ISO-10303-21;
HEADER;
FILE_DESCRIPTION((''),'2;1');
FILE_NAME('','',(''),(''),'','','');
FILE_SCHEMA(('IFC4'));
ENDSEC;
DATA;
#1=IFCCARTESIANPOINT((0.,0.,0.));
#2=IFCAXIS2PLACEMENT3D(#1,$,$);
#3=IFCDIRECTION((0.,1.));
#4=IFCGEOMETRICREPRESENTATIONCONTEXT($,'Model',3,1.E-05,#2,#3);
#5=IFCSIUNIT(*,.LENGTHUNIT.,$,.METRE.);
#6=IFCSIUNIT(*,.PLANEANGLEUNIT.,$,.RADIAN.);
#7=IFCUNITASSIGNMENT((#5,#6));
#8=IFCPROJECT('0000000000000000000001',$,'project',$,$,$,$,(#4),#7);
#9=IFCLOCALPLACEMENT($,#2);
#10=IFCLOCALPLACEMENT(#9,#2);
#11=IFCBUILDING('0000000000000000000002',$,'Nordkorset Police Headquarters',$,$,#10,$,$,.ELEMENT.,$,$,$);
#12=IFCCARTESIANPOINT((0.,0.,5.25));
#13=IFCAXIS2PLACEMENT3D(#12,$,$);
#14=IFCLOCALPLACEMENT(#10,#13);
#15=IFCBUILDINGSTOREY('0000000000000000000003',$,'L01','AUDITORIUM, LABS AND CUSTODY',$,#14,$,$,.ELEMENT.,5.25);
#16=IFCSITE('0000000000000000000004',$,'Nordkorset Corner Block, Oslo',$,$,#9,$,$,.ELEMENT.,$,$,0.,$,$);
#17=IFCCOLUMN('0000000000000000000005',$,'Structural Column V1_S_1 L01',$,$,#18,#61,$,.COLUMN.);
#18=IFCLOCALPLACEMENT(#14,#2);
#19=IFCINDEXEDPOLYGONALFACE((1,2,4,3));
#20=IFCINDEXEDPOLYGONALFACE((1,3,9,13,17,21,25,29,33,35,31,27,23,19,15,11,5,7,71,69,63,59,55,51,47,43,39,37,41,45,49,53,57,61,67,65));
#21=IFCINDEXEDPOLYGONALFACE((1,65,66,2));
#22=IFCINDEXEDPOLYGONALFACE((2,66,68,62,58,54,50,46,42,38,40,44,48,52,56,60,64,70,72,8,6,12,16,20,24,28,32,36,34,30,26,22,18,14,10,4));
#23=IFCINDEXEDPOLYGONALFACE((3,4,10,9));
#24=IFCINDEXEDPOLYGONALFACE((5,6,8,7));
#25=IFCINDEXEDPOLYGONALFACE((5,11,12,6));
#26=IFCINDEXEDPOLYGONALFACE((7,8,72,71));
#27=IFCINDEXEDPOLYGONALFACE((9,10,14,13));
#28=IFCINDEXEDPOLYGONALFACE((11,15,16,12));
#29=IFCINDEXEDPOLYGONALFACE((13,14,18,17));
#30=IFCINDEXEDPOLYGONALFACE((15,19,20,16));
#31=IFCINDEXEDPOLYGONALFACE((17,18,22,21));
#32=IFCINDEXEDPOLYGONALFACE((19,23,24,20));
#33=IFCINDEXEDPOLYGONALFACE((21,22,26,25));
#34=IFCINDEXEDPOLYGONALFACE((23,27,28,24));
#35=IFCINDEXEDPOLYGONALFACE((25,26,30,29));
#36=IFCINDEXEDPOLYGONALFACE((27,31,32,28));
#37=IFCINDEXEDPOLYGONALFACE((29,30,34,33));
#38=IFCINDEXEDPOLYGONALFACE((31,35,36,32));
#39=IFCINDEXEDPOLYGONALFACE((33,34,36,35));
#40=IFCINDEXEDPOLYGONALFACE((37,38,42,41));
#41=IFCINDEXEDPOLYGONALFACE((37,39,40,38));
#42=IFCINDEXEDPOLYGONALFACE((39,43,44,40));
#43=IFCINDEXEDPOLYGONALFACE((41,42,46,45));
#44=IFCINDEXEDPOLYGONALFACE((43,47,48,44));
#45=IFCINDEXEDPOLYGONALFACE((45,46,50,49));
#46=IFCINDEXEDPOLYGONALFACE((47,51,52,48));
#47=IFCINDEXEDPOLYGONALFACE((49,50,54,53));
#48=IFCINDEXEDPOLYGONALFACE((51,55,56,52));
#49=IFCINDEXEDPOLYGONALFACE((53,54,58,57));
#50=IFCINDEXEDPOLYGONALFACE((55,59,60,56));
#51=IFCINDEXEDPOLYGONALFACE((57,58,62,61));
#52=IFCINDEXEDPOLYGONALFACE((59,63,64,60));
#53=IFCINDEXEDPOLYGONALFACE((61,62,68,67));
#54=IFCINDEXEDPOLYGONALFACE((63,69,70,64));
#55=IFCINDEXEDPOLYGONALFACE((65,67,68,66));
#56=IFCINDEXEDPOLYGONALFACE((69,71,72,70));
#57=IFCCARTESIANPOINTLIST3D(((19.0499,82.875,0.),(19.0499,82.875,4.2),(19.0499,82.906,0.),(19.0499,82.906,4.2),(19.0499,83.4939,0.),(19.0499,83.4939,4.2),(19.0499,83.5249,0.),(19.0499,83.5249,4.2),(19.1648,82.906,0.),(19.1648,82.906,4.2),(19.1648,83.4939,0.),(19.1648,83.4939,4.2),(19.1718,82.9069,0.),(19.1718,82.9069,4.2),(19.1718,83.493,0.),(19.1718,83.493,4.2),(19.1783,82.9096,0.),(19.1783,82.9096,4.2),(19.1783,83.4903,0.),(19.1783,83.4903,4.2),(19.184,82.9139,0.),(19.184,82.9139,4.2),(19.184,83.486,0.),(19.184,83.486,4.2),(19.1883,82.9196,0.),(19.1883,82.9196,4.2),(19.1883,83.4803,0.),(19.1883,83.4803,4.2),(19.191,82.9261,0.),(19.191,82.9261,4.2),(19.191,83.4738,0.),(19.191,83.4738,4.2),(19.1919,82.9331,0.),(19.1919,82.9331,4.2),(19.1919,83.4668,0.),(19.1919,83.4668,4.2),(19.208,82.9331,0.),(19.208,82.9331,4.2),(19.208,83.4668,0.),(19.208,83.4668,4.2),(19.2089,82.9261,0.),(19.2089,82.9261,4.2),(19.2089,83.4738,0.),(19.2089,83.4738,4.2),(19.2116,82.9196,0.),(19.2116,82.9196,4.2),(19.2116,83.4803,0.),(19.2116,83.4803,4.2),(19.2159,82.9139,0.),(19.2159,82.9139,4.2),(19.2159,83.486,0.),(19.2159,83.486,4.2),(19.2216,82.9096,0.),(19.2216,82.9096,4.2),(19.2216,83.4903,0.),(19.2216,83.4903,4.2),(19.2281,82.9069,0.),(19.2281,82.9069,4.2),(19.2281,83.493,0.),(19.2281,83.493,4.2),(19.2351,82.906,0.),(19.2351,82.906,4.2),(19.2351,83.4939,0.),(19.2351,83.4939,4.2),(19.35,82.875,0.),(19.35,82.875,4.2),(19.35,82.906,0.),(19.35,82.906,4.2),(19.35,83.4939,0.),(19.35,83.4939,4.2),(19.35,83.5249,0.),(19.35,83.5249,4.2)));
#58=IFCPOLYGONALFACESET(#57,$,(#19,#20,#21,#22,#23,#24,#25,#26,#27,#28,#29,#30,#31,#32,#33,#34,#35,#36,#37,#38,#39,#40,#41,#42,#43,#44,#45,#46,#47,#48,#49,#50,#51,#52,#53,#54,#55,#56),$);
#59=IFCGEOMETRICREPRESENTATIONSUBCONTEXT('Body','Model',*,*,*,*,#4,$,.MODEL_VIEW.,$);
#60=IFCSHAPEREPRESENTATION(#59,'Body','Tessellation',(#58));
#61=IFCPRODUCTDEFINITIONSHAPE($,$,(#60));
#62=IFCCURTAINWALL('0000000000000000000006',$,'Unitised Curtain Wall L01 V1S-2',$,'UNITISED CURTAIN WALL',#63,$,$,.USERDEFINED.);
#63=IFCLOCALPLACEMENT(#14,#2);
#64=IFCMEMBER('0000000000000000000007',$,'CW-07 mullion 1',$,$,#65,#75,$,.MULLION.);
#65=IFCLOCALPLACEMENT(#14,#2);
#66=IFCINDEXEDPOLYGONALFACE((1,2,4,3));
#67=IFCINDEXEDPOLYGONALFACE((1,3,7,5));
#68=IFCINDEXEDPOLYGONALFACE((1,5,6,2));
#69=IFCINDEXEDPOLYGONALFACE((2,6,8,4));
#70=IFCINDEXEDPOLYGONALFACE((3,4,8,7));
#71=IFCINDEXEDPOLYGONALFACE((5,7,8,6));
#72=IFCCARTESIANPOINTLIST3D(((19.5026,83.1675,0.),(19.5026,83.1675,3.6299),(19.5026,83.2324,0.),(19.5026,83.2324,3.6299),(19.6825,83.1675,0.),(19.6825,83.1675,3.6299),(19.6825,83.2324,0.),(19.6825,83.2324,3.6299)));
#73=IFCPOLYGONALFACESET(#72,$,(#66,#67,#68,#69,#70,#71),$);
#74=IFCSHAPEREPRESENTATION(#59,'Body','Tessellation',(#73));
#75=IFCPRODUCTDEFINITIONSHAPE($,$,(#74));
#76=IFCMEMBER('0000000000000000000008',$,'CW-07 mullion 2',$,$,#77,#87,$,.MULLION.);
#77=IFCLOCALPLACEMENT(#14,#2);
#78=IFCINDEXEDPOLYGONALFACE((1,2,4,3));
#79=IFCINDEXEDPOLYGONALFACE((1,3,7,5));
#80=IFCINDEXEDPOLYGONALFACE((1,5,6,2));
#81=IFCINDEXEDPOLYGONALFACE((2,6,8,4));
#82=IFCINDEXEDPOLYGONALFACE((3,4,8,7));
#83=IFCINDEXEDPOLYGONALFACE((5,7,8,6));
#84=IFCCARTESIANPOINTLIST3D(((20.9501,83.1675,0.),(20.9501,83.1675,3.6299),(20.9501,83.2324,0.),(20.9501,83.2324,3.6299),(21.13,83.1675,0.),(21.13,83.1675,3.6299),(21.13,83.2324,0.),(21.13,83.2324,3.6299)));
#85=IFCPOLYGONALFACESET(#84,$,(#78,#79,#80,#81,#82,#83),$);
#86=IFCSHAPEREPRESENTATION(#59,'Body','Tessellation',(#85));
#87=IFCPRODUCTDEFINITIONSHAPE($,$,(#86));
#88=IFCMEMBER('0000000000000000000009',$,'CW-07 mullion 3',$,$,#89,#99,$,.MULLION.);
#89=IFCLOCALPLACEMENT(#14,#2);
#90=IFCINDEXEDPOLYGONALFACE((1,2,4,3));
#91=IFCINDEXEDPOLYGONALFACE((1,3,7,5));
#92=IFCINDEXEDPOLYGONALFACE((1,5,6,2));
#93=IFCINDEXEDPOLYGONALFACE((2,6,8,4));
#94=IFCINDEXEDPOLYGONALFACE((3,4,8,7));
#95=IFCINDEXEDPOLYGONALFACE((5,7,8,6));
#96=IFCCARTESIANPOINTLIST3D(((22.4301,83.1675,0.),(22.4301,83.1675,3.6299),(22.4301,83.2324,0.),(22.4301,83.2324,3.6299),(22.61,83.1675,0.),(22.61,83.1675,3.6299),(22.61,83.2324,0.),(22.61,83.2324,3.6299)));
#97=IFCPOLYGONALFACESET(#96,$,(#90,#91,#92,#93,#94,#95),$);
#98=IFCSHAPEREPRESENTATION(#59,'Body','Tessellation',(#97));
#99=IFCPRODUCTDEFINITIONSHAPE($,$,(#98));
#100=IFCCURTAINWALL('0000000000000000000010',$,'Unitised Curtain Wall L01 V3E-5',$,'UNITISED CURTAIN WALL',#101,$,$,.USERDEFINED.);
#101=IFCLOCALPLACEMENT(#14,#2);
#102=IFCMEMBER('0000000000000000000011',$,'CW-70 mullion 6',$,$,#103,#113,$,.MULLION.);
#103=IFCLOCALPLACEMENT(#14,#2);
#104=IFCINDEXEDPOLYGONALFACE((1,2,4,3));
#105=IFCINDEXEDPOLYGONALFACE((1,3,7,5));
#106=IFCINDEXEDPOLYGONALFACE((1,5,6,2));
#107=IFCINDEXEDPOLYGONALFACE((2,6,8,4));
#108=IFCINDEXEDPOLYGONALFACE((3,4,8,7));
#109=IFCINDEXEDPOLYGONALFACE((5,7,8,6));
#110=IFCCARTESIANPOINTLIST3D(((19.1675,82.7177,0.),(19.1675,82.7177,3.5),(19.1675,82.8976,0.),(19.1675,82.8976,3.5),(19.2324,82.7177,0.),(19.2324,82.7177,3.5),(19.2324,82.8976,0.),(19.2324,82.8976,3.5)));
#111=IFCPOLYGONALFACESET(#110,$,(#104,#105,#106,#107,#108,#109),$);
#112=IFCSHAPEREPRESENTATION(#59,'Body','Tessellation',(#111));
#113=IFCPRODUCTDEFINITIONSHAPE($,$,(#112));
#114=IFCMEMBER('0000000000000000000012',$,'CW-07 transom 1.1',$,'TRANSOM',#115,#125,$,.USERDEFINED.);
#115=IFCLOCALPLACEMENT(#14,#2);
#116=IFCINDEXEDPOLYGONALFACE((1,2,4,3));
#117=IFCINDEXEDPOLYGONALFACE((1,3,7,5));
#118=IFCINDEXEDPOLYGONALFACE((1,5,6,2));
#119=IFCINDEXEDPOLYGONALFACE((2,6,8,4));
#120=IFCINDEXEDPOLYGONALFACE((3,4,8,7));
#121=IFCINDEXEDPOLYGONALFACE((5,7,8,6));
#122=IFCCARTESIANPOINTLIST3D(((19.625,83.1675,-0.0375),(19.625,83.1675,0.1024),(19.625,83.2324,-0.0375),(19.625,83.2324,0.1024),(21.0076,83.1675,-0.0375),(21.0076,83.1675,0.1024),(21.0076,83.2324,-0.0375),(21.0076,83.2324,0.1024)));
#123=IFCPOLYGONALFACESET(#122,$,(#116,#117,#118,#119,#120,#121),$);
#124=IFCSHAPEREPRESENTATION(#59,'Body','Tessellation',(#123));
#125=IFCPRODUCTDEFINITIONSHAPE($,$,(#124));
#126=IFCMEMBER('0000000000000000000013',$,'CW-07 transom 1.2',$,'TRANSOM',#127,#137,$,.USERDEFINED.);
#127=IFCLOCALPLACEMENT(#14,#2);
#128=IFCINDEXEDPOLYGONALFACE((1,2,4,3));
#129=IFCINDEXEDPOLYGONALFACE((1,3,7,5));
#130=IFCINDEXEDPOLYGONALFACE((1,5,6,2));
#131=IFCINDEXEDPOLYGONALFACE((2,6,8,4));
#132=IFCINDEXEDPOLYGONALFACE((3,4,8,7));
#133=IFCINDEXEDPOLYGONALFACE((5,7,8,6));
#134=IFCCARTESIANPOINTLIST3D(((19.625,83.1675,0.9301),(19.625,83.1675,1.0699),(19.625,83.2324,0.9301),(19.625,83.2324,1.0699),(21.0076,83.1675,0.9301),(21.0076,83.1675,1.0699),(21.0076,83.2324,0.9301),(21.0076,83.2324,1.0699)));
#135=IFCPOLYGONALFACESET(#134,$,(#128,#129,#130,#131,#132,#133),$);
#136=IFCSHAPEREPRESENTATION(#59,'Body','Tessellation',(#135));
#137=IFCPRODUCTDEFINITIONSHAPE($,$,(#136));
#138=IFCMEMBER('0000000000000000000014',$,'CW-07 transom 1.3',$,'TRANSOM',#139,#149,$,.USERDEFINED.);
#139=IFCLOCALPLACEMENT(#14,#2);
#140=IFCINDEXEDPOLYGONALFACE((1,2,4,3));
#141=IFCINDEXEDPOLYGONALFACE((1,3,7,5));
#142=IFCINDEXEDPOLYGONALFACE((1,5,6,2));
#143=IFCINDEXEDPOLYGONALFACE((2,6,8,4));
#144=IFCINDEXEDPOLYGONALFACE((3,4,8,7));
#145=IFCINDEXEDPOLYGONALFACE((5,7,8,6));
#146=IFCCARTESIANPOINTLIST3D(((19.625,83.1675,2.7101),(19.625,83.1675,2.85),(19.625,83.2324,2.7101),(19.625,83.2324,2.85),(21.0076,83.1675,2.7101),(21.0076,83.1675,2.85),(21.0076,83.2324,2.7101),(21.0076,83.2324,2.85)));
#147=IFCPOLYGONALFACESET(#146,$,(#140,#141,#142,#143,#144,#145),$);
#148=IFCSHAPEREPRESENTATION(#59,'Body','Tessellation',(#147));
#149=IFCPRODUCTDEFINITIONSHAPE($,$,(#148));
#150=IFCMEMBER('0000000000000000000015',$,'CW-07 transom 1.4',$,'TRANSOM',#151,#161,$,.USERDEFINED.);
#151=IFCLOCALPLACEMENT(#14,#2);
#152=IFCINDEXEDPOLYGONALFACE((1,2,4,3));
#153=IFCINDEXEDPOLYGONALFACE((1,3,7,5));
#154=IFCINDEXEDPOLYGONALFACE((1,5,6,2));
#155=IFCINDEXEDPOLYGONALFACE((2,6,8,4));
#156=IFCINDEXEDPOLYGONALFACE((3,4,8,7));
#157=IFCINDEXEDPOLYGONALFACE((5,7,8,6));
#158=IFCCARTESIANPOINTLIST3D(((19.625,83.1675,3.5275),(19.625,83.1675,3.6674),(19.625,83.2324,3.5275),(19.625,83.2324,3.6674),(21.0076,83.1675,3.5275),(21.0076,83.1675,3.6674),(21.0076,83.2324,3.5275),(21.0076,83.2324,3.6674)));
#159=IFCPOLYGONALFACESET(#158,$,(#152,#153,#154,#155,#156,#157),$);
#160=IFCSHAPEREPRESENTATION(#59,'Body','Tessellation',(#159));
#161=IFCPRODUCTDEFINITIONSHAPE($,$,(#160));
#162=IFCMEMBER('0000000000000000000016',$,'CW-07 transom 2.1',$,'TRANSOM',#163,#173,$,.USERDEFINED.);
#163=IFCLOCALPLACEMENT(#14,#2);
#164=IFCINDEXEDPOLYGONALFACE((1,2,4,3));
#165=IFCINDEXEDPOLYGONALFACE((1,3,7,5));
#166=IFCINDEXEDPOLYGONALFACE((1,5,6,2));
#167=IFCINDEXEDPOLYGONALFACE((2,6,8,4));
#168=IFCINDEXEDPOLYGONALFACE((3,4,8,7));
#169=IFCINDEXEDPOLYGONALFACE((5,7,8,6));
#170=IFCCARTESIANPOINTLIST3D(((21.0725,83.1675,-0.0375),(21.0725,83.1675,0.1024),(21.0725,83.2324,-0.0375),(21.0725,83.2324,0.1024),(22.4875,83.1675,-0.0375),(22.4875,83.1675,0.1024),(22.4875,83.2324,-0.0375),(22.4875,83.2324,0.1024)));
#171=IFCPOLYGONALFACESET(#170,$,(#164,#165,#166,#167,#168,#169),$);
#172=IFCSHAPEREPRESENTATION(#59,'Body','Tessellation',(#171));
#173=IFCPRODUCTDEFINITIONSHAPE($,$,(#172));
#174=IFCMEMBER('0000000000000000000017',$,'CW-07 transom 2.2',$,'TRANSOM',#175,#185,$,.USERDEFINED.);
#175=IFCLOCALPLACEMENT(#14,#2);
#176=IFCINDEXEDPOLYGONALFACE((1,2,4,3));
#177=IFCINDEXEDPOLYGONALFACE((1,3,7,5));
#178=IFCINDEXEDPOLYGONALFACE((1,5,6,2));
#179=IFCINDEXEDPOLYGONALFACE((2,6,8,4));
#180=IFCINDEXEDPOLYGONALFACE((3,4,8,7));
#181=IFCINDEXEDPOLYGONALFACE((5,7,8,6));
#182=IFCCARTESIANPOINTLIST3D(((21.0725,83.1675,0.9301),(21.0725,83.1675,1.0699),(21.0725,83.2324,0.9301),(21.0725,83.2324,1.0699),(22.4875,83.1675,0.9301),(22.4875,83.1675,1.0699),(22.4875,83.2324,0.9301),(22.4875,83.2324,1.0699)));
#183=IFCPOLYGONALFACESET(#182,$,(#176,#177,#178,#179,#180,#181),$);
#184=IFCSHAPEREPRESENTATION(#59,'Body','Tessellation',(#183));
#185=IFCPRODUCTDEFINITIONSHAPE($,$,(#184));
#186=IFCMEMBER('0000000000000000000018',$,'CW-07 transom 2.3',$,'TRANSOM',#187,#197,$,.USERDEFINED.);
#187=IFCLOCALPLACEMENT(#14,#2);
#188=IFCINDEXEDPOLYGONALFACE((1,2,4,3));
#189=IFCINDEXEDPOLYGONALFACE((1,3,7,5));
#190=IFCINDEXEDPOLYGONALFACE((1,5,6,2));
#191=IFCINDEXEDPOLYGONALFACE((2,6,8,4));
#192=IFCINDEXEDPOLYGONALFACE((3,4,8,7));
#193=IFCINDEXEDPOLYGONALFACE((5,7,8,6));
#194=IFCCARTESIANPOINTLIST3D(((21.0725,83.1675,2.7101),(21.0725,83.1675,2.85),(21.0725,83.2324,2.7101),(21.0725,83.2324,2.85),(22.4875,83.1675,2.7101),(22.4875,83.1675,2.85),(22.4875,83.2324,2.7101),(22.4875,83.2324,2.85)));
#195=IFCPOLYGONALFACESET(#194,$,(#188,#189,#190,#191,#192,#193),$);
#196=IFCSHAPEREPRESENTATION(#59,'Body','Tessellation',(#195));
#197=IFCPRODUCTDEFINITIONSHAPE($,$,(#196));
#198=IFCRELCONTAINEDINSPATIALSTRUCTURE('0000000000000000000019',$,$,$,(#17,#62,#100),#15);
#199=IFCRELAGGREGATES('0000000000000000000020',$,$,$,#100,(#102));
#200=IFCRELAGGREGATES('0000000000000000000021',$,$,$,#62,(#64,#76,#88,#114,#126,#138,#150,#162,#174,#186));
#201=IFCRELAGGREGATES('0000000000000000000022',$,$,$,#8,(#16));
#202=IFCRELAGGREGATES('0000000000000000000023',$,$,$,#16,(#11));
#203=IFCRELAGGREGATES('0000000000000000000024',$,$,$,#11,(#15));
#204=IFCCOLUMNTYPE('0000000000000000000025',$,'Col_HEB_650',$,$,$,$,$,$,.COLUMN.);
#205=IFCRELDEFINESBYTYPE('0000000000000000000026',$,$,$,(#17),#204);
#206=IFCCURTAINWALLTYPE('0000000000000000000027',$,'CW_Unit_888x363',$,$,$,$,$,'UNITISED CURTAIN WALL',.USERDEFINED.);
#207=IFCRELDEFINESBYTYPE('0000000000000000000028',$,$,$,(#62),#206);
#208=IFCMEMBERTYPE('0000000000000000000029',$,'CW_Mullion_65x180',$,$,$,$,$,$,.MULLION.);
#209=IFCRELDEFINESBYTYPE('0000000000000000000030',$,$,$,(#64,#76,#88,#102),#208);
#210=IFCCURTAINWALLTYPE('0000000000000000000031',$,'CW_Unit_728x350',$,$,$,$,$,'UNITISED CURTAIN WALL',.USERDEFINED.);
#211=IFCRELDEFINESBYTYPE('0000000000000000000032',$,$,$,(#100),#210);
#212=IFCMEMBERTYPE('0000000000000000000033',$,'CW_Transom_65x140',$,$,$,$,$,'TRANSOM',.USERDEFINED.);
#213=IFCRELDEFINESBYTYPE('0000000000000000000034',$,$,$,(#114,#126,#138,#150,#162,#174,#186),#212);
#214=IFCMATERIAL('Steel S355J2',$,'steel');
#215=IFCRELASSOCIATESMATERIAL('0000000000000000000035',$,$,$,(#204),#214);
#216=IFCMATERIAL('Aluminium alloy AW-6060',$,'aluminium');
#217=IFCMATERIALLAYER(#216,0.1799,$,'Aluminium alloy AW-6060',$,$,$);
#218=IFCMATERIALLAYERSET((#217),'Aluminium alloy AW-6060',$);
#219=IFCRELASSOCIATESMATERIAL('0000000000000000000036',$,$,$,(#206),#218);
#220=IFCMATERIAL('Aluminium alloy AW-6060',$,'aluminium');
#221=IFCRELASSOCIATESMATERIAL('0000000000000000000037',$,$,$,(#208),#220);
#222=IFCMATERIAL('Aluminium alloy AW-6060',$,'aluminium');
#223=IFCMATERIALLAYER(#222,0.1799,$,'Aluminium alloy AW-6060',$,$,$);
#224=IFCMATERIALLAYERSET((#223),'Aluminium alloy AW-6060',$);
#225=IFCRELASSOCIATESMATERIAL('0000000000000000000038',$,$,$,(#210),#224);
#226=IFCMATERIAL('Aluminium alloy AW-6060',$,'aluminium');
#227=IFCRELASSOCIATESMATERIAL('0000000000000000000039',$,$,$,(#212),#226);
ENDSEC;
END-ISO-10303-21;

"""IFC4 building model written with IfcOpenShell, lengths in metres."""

from ifc_helpers import new_model, si_unit, direction, frame, origin, origin_2d, place, context, subcontext, project, spatial, rectangle, i_section, extrude, material, layer, layer_set, material_profile, profile_set, type_object, element, aggregate, save


model = new_model("IFC4")

# Units and contexts
model_context = context("Model", 3, precision=1e-05, world=origin(), true_north=direction((0.0, 1.0)))
body_context = subcontext(model_context, "Body", "Model", "MODEL_VIEW")
ifc_project = project(units=[si_unit("LENGTHUNIT", "METRE"), si_unit("PLANEANGLEUNIT", "RADIAN")], contexts=[model_context])

# Site, building, storey
site_placement = place(None, origin())
site = spatial("IfcSite", under=ifc_project, at=site_placement, Name="Nordkorset Corner Block, Oslo", CompositionType="ELEMENT", RefElevation=0.0)
building_placement = place(site_placement, origin())
building = spatial("IfcBuilding", under=site, at=building_placement, Name="Nordkorset Police Headquarters", CompositionType="ELEMENT")
storey_placement = place(building_placement, frame((0.0, 0.0, 5.25)))
storey = spatial("IfcBuildingStorey", under=building, at=storey_placement, Name="L01", Description="AUDITORIUM, LABS AND CUSTODY", CompositionType="ELEMENT", Elevation=5.25)

# Column
ifc_material_1 = material(Name="Steel S355J2", Category="steel")
ifc_material_profile_1 = material_profile(ifc_material_1, i_section(OverallWidth=0.3, OverallDepth=0.6499, WebThickness=0.0161, FlangeThickness=0.031, FilletRadius=0.0271, at=origin_2d()), Name="HEB 650")
ifc_profile_set_1 = profile_set([ifc_material_profile_1], Name="Steel S355J2")
column_type = type_object("IfcColumnType", Name="Col_HEB_650", PredefinedType="COLUMN", material=ifc_profile_set_1)
column_placement = place(storey_placement, frame((19.2, 83.2, 0.0), z_axis=(0.0, 0.0, 1.0), x_axis=(1.0, 0.0, 0.0)))
element("IfcColumn", 1, at=column_placement, inside=storey, type_object=column_type, Name="Structural Column V1_S_1 L01", PredefinedType="COLUMN", context=body_context, shape_type="SweptSolid", body=[
    extrude(i_section(OverallWidth=0.3, OverallDepth=0.6499, WebThickness=0.0161, FlangeThickness=0.031, FilletRadius=0.0271, at=origin_2d()), origin(), (0.0, 0.0, 1.0), 4.2),
])

# Curtain wall, members
ifc_material_2 = material(Name="Aluminium alloy AW-6060", Category="aluminium")
ifc_layer_1 = layer(ifc_material_2, 0.1799, Name="Aluminium alloy AW-6060")
ifc_layer_set_1 = layer_set([ifc_layer_1], Name="Aluminium alloy AW-6060")
curtain_wall_type_1 = type_object("IfcCurtainWallType", Name="CW_Unit_888x363", ElementType="UNITISED CURTAIN WALL", PredefinedType="USERDEFINED", material=ifc_layer_set_1)
curtain_wall_1_placement = place(storey_placement, origin())
curtain_wall_1 = element("IfcCurtainWall", 2, at=curtain_wall_1_placement, inside=storey, type_object=curtain_wall_type_1, Name="Unitised Curtain Wall L01 V1S-2", ObjectType="UNITISED CURTAIN WALL", PredefinedType="USERDEFINED")
ifc_material_3 = material(Name="Aluminium alloy AW-6060", Category="aluminium")
ifc_material_profile_2 = material_profile(ifc_material_3, rectangle(XDim=0.0649, YDim=0.1799, at=origin_2d()), Name="ALU MULL 65x180")
ifc_profile_set_2 = profile_set([ifc_material_profile_2], Name="Aluminium alloy AW-6060")
member_type_1 = type_object("IfcMemberType", Name="CW_Mullion_65x180", PredefinedType="MULLION", material=ifc_profile_set_2)
member_1_placement = place(storey_placement, frame((19.5925, 83.2, 0.0), z_axis=(0.0, 0.0, 1.0), x_axis=(0.0, 1.0, 0.0)))
member_1 = element("IfcMember", 3, at=member_1_placement, type_object=member_type_1, Name="CW-07 mullion 1", PredefinedType="MULLION", context=body_context, shape_type="SweptSolid", body=[
    extrude(rectangle(XDim=0.0649, YDim=0.1799, at=origin_2d()), origin(), (0.0, 0.0, 1.0), 3.6299),
])
member_2_placement = place(storey_placement, frame((21.04, 83.2, 0.0), z_axis=(0.0, 0.0, 1.0), x_axis=(0.0, 1.0, 0.0)))
member_2 = element("IfcMember", 4, at=member_2_placement, type_object=member_type_1, Name="CW-07 mullion 2", PredefinedType="MULLION", context=body_context, shape_type="SweptSolid", body=[
    extrude(rectangle(XDim=0.0649, YDim=0.1799, at=origin_2d()), origin(), (0.0, 0.0, 1.0), 3.6299),
])
member_3_placement = place(storey_placement, frame((22.52, 83.2, 0.0), z_axis=(0.0, 0.0, 1.0), x_axis=(0.0, 1.0, 0.0)))
member_3 = element("IfcMember", 5, at=member_3_placement, type_object=member_type_1, Name="CW-07 mullion 3", PredefinedType="MULLION", context=body_context, shape_type="SweptSolid", body=[
    extrude(rectangle(XDim=0.0649, YDim=0.1799, at=origin_2d()), origin(), (0.0, 0.0, 1.0), 3.6299),
])

# Curtain wall, member
ifc_material_4 = material(Name="Aluminium alloy AW-6060", Category="aluminium")
ifc_layer_2 = layer(ifc_material_4, 0.1799, Name="Aluminium alloy AW-6060")
ifc_layer_set_2 = layer_set([ifc_layer_2], Name="Aluminium alloy AW-6060")
curtain_wall_type_2 = type_object("IfcCurtainWallType", Name="CW_Unit_728x350", ElementType="UNITISED CURTAIN WALL", PredefinedType="USERDEFINED", material=ifc_layer_set_2)
curtain_wall_2_placement = place(storey_placement, origin())
curtain_wall_2 = element("IfcCurtainWall", 6, at=curtain_wall_2_placement, inside=storey, type_object=curtain_wall_type_2, Name="Unitised Curtain Wall L01 V3E-5", ObjectType="UNITISED CURTAIN WALL", PredefinedType="USERDEFINED")
member_4_placement = place(storey_placement, frame((19.2, 82.8076, 0.0), z_axis=(0.0, 0.0, 1.0), x_axis=(-1.0, 0.0, 0.0)))
member_4 = element("IfcMember", 7, at=member_4_placement, type_object=member_type_1, Name="CW-70 mullion 6", PredefinedType="MULLION", context=body_context, shape_type="SweptSolid", body=[
    extrude(rectangle(XDim=0.0649, YDim=0.1799, at=origin_2d()), origin(), (0.0, 0.0, 1.0), 3.5),
])
aggregate(curtain_wall_2, [member_4])

# Members
ifc_material_5 = material(Name="Aluminium alloy AW-6060", Category="aluminium")
ifc_material_profile_3 = material_profile(ifc_material_5, rectangle(XDim=0.0649, YDim=0.1399, at=origin_2d()), Name="ALU TRAN 65x140")
ifc_profile_set_3 = profile_set([ifc_material_profile_3], Name="Aluminium alloy AW-6060")
member_type_2 = type_object("IfcMemberType", Name="CW_Transom_65x140", ElementType="TRANSOM", PredefinedType="USERDEFINED", material=ifc_profile_set_3)
member_5_placement = place(storey_placement, frame((19.625, 83.2, 0.0325), z_axis=(1.0, 0.0, 0.0), x_axis=(0.0, 1.0, 0.0)))
member_5 = element("IfcMember", 8, at=member_5_placement, type_object=member_type_2, Name="CW-07 transom 1.1", ObjectType="TRANSOM", PredefinedType="USERDEFINED", context=body_context, shape_type="SweptSolid", body=[
    extrude(rectangle(XDim=0.0649, YDim=0.1399, at=origin_2d()), origin(), (0.0, 0.0, 1.0), 1.3826),
])
member_6_placement = place(storey_placement, frame((19.625, 83.2, 1.0), z_axis=(1.0, 0.0, 0.0), x_axis=(0.0, 1.0, 0.0)))
member_6 = element("IfcMember", 9, at=member_6_placement, type_object=member_type_2, Name="CW-07 transom 1.2", ObjectType="TRANSOM", PredefinedType="USERDEFINED", context=body_context, shape_type="SweptSolid", body=[
    extrude(rectangle(XDim=0.0649, YDim=0.1399, at=origin_2d()), origin(), (0.0, 0.0, 1.0), 1.3826),
])
member_7_placement = place(storey_placement, frame((19.625, 83.2, 2.78), z_axis=(1.0, 0.0, 0.0), x_axis=(0.0, 1.0, 0.0)))
member_7 = element("IfcMember", 10, at=member_7_placement, type_object=member_type_2, Name="CW-07 transom 1.3", ObjectType="TRANSOM", PredefinedType="USERDEFINED", context=body_context, shape_type="SweptSolid", body=[
    extrude(rectangle(XDim=0.0649, YDim=0.1399, at=origin_2d()), origin(), (0.0, 0.0, 1.0), 1.3826),
])
member_8_placement = place(storey_placement, frame((19.625, 83.2, 3.5974), z_axis=(1.0, 0.0, 0.0), x_axis=(0.0, 1.0, 0.0)))
member_8 = element("IfcMember", 11, at=member_8_placement, type_object=member_type_2, Name="CW-07 transom 1.4", ObjectType="TRANSOM", PredefinedType="USERDEFINED", context=body_context, shape_type="SweptSolid", body=[
    extrude(rectangle(XDim=0.0649, YDim=0.1399, at=origin_2d()), origin(), (0.0, 0.0, 1.0), 1.3826),
])
member_9_placement = place(storey_placement, frame((21.0725, 83.2, 0.0325), z_axis=(1.0, 0.0, 0.0), x_axis=(0.0, 1.0, 0.0)))
member_9 = element("IfcMember", 12, at=member_9_placement, type_object=member_type_2, Name="CW-07 transom 2.1", ObjectType="TRANSOM", PredefinedType="USERDEFINED", context=body_context, shape_type="SweptSolid", body=[
    extrude(rectangle(XDim=0.0649, YDim=0.1399, at=origin_2d()), origin(), (0.0, 0.0, 1.0), 1.415),
])
member_10_placement = place(storey_placement, frame((21.0725, 83.2, 1.0), z_axis=(1.0, 0.0, 0.0), x_axis=(0.0, 1.0, 0.0)))
member_10 = element("IfcMember", 13, at=member_10_placement, type_object=member_type_2, Name="CW-07 transom 2.2", ObjectType="TRANSOM", PredefinedType="USERDEFINED", context=body_context, shape_type="SweptSolid", body=[
    extrude(rectangle(XDim=0.0649, YDim=0.1399, at=origin_2d()), origin(), (0.0, 0.0, 1.0), 1.415),
])
member_11_placement = place(storey_placement, frame((21.0725, 83.2, 2.78), z_axis=(1.0, 0.0, 0.0), x_axis=(0.0, 1.0, 0.0)))
member_11 = element("IfcMember", 14, at=member_11_placement, type_object=member_type_2, Name="CW-07 transom 2.3", ObjectType="TRANSOM", PredefinedType="USERDEFINED", context=body_context, shape_type="SweptSolid", body=[
    extrude(rectangle(XDim=0.0649, YDim=0.1399, at=origin_2d()), origin(), (0.0, 0.0, 1.0), 1.415),
])

aggregate(curtain_wall_1, [member_1, member_2, member_3, member_5, member_6, member_7, member_8, member_9, member_10, member_11])

save(model, "model.ifc")
